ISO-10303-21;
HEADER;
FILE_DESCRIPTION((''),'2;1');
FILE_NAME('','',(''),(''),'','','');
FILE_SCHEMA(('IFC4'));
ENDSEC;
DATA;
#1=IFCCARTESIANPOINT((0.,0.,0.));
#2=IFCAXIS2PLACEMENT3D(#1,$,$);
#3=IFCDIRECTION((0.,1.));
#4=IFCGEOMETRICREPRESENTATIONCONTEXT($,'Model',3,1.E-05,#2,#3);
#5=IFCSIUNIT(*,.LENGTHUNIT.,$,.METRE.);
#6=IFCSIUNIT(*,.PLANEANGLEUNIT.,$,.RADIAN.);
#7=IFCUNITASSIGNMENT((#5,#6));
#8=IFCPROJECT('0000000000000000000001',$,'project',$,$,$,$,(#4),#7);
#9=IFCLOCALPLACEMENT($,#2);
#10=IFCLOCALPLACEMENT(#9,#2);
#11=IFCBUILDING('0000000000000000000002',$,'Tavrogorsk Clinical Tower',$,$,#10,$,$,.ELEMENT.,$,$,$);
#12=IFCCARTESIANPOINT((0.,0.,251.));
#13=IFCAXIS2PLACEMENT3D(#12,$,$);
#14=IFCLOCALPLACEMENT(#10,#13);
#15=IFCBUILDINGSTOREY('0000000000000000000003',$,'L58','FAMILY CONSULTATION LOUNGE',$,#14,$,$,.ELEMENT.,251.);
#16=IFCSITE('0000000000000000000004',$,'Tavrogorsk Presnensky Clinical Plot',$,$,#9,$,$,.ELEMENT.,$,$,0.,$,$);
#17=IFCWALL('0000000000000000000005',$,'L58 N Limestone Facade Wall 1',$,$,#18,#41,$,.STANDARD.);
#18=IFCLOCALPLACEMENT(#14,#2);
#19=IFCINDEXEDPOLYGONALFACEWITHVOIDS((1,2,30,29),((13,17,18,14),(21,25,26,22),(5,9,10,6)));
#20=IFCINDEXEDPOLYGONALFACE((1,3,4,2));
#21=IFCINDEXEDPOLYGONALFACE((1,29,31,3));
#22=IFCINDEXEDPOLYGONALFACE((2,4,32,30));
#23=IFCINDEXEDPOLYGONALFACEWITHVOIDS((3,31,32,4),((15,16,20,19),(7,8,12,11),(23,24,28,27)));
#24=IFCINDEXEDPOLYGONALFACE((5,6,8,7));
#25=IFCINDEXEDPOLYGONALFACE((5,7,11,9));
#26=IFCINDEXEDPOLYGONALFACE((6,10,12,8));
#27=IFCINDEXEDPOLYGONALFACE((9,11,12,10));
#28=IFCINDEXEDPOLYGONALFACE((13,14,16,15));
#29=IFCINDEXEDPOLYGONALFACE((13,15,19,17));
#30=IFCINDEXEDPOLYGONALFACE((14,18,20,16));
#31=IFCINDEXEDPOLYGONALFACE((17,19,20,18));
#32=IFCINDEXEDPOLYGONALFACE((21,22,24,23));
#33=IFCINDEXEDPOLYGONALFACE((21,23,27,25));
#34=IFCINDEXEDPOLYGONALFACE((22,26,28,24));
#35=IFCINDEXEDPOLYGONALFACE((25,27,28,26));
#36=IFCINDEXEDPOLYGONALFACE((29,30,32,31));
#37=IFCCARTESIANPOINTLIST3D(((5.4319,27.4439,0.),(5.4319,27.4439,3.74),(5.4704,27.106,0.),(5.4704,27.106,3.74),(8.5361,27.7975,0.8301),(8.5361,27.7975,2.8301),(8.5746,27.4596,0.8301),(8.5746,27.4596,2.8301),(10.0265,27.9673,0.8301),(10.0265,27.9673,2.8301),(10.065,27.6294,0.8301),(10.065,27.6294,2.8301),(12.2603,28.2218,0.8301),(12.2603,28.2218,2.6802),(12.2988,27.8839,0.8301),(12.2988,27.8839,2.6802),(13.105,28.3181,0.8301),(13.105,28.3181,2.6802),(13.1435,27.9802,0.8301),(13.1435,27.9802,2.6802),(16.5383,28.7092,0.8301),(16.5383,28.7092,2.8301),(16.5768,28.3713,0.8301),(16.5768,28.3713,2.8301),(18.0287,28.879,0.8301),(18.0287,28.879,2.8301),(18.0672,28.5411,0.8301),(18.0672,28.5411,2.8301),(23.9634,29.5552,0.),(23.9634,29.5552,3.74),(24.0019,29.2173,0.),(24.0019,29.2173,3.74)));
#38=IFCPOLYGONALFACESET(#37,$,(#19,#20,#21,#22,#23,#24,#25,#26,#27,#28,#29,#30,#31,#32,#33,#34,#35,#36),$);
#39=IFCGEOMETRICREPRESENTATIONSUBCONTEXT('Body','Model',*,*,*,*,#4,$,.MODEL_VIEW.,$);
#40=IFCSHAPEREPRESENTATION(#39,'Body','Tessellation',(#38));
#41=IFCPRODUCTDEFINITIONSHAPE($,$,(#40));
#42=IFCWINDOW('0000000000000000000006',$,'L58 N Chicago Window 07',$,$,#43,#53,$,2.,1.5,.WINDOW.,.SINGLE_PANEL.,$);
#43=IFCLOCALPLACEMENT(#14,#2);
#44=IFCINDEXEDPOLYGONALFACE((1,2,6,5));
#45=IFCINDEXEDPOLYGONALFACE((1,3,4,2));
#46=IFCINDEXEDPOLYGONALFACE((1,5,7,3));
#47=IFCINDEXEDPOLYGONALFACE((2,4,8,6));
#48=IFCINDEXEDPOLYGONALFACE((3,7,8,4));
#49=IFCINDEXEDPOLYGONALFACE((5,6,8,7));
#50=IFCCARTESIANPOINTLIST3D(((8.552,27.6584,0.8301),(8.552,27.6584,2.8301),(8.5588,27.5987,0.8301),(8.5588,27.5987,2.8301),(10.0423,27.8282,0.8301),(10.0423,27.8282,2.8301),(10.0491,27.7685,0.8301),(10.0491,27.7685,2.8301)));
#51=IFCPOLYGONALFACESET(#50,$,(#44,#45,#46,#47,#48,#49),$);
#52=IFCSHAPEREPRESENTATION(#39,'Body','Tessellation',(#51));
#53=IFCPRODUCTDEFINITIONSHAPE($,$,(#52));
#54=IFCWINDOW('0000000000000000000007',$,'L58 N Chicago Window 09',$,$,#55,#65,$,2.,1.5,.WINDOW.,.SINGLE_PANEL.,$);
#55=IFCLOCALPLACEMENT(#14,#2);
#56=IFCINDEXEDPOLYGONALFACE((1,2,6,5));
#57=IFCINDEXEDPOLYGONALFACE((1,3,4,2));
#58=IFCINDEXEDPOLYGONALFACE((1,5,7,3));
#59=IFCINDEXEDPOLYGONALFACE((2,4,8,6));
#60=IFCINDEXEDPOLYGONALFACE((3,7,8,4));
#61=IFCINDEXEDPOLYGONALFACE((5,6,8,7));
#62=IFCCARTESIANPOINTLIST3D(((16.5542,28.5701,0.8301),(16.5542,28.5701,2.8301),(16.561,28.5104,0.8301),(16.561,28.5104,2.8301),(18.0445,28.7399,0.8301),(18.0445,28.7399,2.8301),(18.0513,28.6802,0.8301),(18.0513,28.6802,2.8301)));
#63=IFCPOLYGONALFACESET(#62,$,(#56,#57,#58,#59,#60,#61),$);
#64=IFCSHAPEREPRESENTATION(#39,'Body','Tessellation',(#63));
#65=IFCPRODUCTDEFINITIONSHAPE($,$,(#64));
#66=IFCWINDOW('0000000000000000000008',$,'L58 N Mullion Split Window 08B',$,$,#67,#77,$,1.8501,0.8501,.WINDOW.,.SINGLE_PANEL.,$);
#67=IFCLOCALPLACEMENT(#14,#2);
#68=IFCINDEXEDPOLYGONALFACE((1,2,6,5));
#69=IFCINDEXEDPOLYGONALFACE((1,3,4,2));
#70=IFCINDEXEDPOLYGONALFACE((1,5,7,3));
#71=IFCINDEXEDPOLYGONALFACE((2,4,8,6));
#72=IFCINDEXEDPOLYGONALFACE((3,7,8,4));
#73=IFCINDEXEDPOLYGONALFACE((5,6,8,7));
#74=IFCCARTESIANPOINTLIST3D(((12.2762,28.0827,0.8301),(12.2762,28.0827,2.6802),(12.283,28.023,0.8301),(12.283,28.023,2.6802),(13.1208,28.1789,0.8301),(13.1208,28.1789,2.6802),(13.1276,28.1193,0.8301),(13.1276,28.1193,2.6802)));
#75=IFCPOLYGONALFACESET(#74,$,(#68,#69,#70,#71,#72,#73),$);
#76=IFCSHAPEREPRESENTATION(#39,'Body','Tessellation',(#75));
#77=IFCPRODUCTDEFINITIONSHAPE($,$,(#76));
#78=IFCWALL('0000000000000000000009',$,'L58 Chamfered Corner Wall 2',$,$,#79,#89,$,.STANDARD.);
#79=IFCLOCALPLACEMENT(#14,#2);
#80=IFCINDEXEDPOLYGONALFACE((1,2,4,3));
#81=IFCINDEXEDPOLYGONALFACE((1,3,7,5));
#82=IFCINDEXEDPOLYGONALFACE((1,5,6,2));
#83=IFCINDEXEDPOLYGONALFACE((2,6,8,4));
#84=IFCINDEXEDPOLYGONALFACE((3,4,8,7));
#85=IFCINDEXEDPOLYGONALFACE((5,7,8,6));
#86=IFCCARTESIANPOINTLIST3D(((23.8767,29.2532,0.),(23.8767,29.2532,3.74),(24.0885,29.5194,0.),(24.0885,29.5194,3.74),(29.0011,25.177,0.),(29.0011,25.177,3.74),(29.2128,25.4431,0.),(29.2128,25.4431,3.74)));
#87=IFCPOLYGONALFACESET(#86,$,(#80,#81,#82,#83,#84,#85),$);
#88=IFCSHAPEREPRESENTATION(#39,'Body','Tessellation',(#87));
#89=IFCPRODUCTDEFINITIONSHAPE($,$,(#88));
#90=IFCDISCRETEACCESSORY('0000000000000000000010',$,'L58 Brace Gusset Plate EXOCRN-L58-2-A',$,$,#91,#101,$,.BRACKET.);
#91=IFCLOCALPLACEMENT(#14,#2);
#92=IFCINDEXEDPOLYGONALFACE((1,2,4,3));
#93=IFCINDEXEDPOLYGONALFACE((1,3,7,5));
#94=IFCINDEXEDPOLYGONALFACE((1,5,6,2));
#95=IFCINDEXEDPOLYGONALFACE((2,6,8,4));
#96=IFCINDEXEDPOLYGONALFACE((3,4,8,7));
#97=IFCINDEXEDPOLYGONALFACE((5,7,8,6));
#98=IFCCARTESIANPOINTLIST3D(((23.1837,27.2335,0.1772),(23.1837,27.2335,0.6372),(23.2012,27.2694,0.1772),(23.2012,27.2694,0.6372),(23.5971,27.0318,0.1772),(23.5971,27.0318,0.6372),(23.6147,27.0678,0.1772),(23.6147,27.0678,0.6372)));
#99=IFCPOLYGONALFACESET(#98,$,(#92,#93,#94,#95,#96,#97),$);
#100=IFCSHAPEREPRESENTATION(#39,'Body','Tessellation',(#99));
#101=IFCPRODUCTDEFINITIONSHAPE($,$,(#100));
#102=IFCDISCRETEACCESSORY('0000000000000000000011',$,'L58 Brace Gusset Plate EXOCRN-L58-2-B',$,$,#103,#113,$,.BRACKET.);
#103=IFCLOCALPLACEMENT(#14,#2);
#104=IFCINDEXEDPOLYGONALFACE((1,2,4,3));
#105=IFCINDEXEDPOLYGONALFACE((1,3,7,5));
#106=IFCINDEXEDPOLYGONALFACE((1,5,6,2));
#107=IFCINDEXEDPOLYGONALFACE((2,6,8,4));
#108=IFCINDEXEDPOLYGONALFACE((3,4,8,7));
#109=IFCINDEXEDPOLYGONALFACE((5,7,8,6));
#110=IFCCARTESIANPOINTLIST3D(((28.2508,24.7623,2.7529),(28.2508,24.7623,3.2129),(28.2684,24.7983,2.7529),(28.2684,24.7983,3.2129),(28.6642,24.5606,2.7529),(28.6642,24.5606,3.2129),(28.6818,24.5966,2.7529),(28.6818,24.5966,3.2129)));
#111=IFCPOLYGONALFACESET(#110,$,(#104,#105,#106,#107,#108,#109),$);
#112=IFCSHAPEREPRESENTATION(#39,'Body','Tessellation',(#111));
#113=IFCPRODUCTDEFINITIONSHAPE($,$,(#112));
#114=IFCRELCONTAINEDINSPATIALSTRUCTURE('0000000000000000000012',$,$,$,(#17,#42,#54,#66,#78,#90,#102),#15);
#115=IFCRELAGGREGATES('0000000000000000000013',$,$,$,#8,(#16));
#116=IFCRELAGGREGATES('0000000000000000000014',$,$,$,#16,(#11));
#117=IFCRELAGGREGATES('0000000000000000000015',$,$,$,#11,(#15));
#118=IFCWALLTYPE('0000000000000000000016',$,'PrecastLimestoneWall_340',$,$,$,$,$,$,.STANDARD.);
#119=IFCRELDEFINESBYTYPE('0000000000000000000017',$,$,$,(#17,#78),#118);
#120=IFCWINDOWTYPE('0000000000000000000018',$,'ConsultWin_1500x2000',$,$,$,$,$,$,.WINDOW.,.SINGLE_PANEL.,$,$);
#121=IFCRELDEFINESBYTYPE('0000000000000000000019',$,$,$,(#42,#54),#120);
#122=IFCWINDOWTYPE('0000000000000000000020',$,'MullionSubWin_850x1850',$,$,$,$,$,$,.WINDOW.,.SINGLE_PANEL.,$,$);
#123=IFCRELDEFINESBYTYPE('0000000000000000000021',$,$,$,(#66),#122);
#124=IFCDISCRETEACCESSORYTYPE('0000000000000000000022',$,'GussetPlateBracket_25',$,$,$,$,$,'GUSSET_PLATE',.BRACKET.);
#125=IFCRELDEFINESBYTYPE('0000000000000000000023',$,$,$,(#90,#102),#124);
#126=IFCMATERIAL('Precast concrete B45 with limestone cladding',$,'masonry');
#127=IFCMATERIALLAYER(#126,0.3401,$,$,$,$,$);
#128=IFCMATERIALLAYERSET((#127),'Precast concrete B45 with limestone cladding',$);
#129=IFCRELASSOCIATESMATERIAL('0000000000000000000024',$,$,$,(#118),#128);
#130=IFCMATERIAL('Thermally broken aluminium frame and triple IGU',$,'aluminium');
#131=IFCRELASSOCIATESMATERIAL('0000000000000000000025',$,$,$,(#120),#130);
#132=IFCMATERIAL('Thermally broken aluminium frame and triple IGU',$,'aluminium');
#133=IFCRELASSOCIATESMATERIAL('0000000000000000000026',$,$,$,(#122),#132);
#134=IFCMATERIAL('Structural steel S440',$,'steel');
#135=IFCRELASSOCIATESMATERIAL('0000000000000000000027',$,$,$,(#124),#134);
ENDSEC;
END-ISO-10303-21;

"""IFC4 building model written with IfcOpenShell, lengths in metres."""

from ifc_helpers import new_model, si_unit, direction, frame, frame_2d, origin, origin_2d, place, context, subcontext, project, spatial, rectangle, extrude, material, layer, layer_set, type_object, element, fill, save


model = new_model("IFC4")

# Units and contexts
model_context = context("Model", 3, precision=1e-05, world=origin(), true_north=direction((0.0, 1.0)))
body_context = subcontext(model_context, "Body", "Model", "MODEL_VIEW")
ifc_project = project(units=[si_unit("LENGTHUNIT", "METRE"), si_unit("PLANEANGLEUNIT", "RADIAN")], contexts=[model_context])

# Site, building, storey
site_placement = place(None, origin())
site = spatial("IfcSite", under=ifc_project, at=site_placement, Name="Tavrogorsk Presnensky Clinical Plot", CompositionType="ELEMENT", RefElevation=0.0)
building_placement = place(site_placement, origin())
building = spatial("IfcBuilding", under=site, at=building_placement, Name="Tavrogorsk Clinical Tower", CompositionType="ELEMENT")
storey_placement = place(building_placement, frame((0.0, 0.0, 251.0)))
storey = spatial("IfcBuildingStorey", under=building, at=storey_placement, Name="L58", Description="FAMILY CONSULTATION LOUNGE", CompositionType="ELEMENT", Elevation=251.0)

# Wall, openings, windows
ifc_material_1 = material(Name="Precast concrete B45 with limestone cladding", Category="masonry")
ifc_layer_1 = layer(ifc_material_1, 0.3401)
ifc_layer_set_1 = layer_set([ifc_layer_1], Name="Precast concrete B45 with limestone cladding")
wall_type_1 = type_object("IfcWallType", Name="PrecastLimestoneWall_340", PredefinedType="STANDARD", material=ifc_layer_set_1)
wall_1_placement = place(storey_placement, frame((23.9827, 29.3862, 0.0), z_axis=(0.0, 0.0, 1.0), x_axis=(-0.993572, -0.1132, 0.0)))
wall_1 = element("IfcWall", 1, at=wall_1_placement, inside=storey, type_object=wall_type_1, Name="L58 N Limestone Facade Wall 1", PredefinedType="STANDARD", context=body_context, shape_type="SweptSolid", body=[
    extrude(rectangle(XDim=18.6514, YDim=0.3401, at=frame_2d((9.3257, 0.0))), origin(), (0.0, 0.0, 1.0), 3.74),
])
opening_1_placement = place(wall_1_placement, frame((14.0271, 0.0, 0.8301)))
opening_1 = element("IfcOpeningElement", 2, at=opening_1_placement, cuts=wall_1, PredefinedType="OPENING", context=body_context, shape_type="SweptSolid", body=[
    extrude(rectangle(XDim=1.5, YDim=2.0, at=frame_2d((0.75, 1.0))), frame((0.0, 0.1799, 0.0), z_axis=(0.0, -1.0, 0.0), x_axis=(1.0, 0.0, 0.0)), (0.0, 0.0, 1.0), 0.3601),
])
opening_2_placement = place(wall_1_placement, frame((10.9287, 0.0, 0.8301)))
opening_2 = element("IfcOpeningElement", 3, at=opening_2_placement, cuts=wall_1, PredefinedType="OPENING", context=body_context, shape_type="SweptSolid", body=[
    extrude(rectangle(XDim=0.8501, YDim=1.8501, at=frame_2d((0.425, 0.925))), frame((0.0, 0.1799, 0.0), z_axis=(0.0, -1.0, 0.0), x_axis=(1.0, 0.0, 0.0)), (0.0, 0.0, 1.0), 0.3601),
])
opening_3_placement = place(wall_1_placement, frame((5.9731, 0.0, 0.8301)))
opening_3 = element("IfcOpeningElement", 4, at=opening_3_placement, cuts=wall_1, PredefinedType="OPENING", context=body_context, shape_type="SweptSolid", body=[
    extrude(rectangle(XDim=1.5, YDim=2.0, at=frame_2d((0.75, 1.0))), frame((0.0, 0.1799, 0.0), z_axis=(0.0, -1.0, 0.0), x_axis=(1.0, 0.0, 0.0)), (0.0, 0.0, 1.0), 0.3601),
])
ifc_material_2 = material(Name="Thermally broken aluminium frame and triple IGU", Category="aluminium")
window_type_1 = type_object("IfcWindowType", Name="ConsultWin_1500x2000", PartitioningType="SINGLE_PANEL", PredefinedType="WINDOW", material=ifc_material_2)
window_1_placement = place(opening_1_placement, origin())
window_1 = element("IfcWindow", 5, at=window_1_placement, inside=storey, type_object=window_type_1, Name="L58 N Chicago Window 07", OverallHeight=2.0, OverallWidth=1.5, PartitioningType="SINGLE_PANEL", PredefinedType="WINDOW", context=body_context, shape_type="SweptSolid", body=[
    extrude(rectangle(XDim=1.5, YDim=2.0, at=frame_2d((0.75, 1.0))), frame((0.0, 0.03, 0.0), z_axis=(0.0, -1.0, 0.0), x_axis=(1.0, 0.0, 0.0)), (0.0, 0.0, 1.0), 0.0601),
])
fill(opening_1, window_1)
window_2_placement = place(opening_3_placement, origin())
window_2 = element("IfcWindow", 6, at=window_2_placement, inside=storey, type_object=window_type_1, Name="L58 N Chicago Window 09", OverallHeight=2.0, OverallWidth=1.5, PartitioningType="SINGLE_PANEL", PredefinedType="WINDOW", context=body_context, shape_type="SweptSolid", body=[
    extrude(rectangle(XDim=1.5, YDim=2.0, at=frame_2d((0.75, 1.0))), frame((0.0, 0.03, 0.0), z_axis=(0.0, -1.0, 0.0), x_axis=(1.0, 0.0, 0.0)), (0.0, 0.0, 1.0), 0.0601),
])
fill(opening_3, window_2)
ifc_material_3 = material(Name="Thermally broken aluminium frame and triple IGU", Category="aluminium")
window_type_2 = type_object("IfcWindowType", Name="MullionSubWin_850x1850", PartitioningType="SINGLE_PANEL", PredefinedType="WINDOW", material=ifc_material_3)
window_3_placement = place(opening_2_placement, origin())
window_3 = element("IfcWindow", 7, at=window_3_placement, inside=storey, type_object=window_type_2, Name="L58 N Mullion Split Window 08B", OverallHeight=1.8501, OverallWidth=0.8501, PartitioningType="SINGLE_PANEL", PredefinedType="WINDOW", context=body_context, shape_type="SweptSolid", body=[
    extrude(rectangle(XDim=0.8501, YDim=1.8501, at=frame_2d((0.425, 0.925))), frame((0.0, 0.03, 0.0), z_axis=(0.0, -1.0, 0.0), x_axis=(1.0, 0.0, 0.0)), (0.0, 0.0, 1.0), 0.0601),
])
fill(opening_2, window_3)

# Wall
wall_2_placement = place(storey_placement, frame((29.1069, 25.3101, 0.0), z_axis=(0.0, 0.0, 1.0), x_axis=(-0.782597, 0.622528, 0.0)))
element("IfcWall", 8, at=wall_2_placement, inside=storey, type_object=wall_type_1, Name="L58 Chamfered Corner Wall 2", PredefinedType="STANDARD", context=body_context, shape_type="SweptSolid", body=[
    extrude(rectangle(XDim=6.5479, YDim=0.3401, at=frame_2d((3.2739, 0.0))), origin(), (0.0, 0.0, 1.0), 3.74),
])

# Discrete accessories
ifc_material_4 = material(Name="Structural steel S440", Category="steel")
discrete_accessory_type = type_object("IfcDiscreteAccessoryType", Name="GussetPlateBracket_25", ElementType="GUSSET_PLATE", PredefinedType="BRACKET", material=ifc_material_4)
for number, where, z_axis, x_axis, name in (
    (9, (23.3992, 27.1506, 0.1772), (0.0, 0.0, 1.0), (0.898794, -0.438371, 0.0), "L58 Brace Gusset Plate EXOCRN-L58-2-A"),
    (10, (28.4663, 24.6794, 2.7529), (0.0, 0.0, 1.0), (0.898794, -0.438371, 0.0), "L58 Brace Gusset Plate EXOCRN-L58-2-B"),
):
    element("IfcDiscreteAccessory", number, at=place(storey_placement, frame(where, z_axis=z_axis, x_axis=x_axis)), inside=storey, type_object=discrete_accessory_type, Name=name, PredefinedType="BRACKET", context=body_context, shape_type="SweptSolid", body=[
        extrude(rectangle(XDim=0.46, YDim=0.04, at=origin_2d()), origin(), (0.0, 0.0, 1.0), 0.46),
    ])

save(model, "model.ifc")
